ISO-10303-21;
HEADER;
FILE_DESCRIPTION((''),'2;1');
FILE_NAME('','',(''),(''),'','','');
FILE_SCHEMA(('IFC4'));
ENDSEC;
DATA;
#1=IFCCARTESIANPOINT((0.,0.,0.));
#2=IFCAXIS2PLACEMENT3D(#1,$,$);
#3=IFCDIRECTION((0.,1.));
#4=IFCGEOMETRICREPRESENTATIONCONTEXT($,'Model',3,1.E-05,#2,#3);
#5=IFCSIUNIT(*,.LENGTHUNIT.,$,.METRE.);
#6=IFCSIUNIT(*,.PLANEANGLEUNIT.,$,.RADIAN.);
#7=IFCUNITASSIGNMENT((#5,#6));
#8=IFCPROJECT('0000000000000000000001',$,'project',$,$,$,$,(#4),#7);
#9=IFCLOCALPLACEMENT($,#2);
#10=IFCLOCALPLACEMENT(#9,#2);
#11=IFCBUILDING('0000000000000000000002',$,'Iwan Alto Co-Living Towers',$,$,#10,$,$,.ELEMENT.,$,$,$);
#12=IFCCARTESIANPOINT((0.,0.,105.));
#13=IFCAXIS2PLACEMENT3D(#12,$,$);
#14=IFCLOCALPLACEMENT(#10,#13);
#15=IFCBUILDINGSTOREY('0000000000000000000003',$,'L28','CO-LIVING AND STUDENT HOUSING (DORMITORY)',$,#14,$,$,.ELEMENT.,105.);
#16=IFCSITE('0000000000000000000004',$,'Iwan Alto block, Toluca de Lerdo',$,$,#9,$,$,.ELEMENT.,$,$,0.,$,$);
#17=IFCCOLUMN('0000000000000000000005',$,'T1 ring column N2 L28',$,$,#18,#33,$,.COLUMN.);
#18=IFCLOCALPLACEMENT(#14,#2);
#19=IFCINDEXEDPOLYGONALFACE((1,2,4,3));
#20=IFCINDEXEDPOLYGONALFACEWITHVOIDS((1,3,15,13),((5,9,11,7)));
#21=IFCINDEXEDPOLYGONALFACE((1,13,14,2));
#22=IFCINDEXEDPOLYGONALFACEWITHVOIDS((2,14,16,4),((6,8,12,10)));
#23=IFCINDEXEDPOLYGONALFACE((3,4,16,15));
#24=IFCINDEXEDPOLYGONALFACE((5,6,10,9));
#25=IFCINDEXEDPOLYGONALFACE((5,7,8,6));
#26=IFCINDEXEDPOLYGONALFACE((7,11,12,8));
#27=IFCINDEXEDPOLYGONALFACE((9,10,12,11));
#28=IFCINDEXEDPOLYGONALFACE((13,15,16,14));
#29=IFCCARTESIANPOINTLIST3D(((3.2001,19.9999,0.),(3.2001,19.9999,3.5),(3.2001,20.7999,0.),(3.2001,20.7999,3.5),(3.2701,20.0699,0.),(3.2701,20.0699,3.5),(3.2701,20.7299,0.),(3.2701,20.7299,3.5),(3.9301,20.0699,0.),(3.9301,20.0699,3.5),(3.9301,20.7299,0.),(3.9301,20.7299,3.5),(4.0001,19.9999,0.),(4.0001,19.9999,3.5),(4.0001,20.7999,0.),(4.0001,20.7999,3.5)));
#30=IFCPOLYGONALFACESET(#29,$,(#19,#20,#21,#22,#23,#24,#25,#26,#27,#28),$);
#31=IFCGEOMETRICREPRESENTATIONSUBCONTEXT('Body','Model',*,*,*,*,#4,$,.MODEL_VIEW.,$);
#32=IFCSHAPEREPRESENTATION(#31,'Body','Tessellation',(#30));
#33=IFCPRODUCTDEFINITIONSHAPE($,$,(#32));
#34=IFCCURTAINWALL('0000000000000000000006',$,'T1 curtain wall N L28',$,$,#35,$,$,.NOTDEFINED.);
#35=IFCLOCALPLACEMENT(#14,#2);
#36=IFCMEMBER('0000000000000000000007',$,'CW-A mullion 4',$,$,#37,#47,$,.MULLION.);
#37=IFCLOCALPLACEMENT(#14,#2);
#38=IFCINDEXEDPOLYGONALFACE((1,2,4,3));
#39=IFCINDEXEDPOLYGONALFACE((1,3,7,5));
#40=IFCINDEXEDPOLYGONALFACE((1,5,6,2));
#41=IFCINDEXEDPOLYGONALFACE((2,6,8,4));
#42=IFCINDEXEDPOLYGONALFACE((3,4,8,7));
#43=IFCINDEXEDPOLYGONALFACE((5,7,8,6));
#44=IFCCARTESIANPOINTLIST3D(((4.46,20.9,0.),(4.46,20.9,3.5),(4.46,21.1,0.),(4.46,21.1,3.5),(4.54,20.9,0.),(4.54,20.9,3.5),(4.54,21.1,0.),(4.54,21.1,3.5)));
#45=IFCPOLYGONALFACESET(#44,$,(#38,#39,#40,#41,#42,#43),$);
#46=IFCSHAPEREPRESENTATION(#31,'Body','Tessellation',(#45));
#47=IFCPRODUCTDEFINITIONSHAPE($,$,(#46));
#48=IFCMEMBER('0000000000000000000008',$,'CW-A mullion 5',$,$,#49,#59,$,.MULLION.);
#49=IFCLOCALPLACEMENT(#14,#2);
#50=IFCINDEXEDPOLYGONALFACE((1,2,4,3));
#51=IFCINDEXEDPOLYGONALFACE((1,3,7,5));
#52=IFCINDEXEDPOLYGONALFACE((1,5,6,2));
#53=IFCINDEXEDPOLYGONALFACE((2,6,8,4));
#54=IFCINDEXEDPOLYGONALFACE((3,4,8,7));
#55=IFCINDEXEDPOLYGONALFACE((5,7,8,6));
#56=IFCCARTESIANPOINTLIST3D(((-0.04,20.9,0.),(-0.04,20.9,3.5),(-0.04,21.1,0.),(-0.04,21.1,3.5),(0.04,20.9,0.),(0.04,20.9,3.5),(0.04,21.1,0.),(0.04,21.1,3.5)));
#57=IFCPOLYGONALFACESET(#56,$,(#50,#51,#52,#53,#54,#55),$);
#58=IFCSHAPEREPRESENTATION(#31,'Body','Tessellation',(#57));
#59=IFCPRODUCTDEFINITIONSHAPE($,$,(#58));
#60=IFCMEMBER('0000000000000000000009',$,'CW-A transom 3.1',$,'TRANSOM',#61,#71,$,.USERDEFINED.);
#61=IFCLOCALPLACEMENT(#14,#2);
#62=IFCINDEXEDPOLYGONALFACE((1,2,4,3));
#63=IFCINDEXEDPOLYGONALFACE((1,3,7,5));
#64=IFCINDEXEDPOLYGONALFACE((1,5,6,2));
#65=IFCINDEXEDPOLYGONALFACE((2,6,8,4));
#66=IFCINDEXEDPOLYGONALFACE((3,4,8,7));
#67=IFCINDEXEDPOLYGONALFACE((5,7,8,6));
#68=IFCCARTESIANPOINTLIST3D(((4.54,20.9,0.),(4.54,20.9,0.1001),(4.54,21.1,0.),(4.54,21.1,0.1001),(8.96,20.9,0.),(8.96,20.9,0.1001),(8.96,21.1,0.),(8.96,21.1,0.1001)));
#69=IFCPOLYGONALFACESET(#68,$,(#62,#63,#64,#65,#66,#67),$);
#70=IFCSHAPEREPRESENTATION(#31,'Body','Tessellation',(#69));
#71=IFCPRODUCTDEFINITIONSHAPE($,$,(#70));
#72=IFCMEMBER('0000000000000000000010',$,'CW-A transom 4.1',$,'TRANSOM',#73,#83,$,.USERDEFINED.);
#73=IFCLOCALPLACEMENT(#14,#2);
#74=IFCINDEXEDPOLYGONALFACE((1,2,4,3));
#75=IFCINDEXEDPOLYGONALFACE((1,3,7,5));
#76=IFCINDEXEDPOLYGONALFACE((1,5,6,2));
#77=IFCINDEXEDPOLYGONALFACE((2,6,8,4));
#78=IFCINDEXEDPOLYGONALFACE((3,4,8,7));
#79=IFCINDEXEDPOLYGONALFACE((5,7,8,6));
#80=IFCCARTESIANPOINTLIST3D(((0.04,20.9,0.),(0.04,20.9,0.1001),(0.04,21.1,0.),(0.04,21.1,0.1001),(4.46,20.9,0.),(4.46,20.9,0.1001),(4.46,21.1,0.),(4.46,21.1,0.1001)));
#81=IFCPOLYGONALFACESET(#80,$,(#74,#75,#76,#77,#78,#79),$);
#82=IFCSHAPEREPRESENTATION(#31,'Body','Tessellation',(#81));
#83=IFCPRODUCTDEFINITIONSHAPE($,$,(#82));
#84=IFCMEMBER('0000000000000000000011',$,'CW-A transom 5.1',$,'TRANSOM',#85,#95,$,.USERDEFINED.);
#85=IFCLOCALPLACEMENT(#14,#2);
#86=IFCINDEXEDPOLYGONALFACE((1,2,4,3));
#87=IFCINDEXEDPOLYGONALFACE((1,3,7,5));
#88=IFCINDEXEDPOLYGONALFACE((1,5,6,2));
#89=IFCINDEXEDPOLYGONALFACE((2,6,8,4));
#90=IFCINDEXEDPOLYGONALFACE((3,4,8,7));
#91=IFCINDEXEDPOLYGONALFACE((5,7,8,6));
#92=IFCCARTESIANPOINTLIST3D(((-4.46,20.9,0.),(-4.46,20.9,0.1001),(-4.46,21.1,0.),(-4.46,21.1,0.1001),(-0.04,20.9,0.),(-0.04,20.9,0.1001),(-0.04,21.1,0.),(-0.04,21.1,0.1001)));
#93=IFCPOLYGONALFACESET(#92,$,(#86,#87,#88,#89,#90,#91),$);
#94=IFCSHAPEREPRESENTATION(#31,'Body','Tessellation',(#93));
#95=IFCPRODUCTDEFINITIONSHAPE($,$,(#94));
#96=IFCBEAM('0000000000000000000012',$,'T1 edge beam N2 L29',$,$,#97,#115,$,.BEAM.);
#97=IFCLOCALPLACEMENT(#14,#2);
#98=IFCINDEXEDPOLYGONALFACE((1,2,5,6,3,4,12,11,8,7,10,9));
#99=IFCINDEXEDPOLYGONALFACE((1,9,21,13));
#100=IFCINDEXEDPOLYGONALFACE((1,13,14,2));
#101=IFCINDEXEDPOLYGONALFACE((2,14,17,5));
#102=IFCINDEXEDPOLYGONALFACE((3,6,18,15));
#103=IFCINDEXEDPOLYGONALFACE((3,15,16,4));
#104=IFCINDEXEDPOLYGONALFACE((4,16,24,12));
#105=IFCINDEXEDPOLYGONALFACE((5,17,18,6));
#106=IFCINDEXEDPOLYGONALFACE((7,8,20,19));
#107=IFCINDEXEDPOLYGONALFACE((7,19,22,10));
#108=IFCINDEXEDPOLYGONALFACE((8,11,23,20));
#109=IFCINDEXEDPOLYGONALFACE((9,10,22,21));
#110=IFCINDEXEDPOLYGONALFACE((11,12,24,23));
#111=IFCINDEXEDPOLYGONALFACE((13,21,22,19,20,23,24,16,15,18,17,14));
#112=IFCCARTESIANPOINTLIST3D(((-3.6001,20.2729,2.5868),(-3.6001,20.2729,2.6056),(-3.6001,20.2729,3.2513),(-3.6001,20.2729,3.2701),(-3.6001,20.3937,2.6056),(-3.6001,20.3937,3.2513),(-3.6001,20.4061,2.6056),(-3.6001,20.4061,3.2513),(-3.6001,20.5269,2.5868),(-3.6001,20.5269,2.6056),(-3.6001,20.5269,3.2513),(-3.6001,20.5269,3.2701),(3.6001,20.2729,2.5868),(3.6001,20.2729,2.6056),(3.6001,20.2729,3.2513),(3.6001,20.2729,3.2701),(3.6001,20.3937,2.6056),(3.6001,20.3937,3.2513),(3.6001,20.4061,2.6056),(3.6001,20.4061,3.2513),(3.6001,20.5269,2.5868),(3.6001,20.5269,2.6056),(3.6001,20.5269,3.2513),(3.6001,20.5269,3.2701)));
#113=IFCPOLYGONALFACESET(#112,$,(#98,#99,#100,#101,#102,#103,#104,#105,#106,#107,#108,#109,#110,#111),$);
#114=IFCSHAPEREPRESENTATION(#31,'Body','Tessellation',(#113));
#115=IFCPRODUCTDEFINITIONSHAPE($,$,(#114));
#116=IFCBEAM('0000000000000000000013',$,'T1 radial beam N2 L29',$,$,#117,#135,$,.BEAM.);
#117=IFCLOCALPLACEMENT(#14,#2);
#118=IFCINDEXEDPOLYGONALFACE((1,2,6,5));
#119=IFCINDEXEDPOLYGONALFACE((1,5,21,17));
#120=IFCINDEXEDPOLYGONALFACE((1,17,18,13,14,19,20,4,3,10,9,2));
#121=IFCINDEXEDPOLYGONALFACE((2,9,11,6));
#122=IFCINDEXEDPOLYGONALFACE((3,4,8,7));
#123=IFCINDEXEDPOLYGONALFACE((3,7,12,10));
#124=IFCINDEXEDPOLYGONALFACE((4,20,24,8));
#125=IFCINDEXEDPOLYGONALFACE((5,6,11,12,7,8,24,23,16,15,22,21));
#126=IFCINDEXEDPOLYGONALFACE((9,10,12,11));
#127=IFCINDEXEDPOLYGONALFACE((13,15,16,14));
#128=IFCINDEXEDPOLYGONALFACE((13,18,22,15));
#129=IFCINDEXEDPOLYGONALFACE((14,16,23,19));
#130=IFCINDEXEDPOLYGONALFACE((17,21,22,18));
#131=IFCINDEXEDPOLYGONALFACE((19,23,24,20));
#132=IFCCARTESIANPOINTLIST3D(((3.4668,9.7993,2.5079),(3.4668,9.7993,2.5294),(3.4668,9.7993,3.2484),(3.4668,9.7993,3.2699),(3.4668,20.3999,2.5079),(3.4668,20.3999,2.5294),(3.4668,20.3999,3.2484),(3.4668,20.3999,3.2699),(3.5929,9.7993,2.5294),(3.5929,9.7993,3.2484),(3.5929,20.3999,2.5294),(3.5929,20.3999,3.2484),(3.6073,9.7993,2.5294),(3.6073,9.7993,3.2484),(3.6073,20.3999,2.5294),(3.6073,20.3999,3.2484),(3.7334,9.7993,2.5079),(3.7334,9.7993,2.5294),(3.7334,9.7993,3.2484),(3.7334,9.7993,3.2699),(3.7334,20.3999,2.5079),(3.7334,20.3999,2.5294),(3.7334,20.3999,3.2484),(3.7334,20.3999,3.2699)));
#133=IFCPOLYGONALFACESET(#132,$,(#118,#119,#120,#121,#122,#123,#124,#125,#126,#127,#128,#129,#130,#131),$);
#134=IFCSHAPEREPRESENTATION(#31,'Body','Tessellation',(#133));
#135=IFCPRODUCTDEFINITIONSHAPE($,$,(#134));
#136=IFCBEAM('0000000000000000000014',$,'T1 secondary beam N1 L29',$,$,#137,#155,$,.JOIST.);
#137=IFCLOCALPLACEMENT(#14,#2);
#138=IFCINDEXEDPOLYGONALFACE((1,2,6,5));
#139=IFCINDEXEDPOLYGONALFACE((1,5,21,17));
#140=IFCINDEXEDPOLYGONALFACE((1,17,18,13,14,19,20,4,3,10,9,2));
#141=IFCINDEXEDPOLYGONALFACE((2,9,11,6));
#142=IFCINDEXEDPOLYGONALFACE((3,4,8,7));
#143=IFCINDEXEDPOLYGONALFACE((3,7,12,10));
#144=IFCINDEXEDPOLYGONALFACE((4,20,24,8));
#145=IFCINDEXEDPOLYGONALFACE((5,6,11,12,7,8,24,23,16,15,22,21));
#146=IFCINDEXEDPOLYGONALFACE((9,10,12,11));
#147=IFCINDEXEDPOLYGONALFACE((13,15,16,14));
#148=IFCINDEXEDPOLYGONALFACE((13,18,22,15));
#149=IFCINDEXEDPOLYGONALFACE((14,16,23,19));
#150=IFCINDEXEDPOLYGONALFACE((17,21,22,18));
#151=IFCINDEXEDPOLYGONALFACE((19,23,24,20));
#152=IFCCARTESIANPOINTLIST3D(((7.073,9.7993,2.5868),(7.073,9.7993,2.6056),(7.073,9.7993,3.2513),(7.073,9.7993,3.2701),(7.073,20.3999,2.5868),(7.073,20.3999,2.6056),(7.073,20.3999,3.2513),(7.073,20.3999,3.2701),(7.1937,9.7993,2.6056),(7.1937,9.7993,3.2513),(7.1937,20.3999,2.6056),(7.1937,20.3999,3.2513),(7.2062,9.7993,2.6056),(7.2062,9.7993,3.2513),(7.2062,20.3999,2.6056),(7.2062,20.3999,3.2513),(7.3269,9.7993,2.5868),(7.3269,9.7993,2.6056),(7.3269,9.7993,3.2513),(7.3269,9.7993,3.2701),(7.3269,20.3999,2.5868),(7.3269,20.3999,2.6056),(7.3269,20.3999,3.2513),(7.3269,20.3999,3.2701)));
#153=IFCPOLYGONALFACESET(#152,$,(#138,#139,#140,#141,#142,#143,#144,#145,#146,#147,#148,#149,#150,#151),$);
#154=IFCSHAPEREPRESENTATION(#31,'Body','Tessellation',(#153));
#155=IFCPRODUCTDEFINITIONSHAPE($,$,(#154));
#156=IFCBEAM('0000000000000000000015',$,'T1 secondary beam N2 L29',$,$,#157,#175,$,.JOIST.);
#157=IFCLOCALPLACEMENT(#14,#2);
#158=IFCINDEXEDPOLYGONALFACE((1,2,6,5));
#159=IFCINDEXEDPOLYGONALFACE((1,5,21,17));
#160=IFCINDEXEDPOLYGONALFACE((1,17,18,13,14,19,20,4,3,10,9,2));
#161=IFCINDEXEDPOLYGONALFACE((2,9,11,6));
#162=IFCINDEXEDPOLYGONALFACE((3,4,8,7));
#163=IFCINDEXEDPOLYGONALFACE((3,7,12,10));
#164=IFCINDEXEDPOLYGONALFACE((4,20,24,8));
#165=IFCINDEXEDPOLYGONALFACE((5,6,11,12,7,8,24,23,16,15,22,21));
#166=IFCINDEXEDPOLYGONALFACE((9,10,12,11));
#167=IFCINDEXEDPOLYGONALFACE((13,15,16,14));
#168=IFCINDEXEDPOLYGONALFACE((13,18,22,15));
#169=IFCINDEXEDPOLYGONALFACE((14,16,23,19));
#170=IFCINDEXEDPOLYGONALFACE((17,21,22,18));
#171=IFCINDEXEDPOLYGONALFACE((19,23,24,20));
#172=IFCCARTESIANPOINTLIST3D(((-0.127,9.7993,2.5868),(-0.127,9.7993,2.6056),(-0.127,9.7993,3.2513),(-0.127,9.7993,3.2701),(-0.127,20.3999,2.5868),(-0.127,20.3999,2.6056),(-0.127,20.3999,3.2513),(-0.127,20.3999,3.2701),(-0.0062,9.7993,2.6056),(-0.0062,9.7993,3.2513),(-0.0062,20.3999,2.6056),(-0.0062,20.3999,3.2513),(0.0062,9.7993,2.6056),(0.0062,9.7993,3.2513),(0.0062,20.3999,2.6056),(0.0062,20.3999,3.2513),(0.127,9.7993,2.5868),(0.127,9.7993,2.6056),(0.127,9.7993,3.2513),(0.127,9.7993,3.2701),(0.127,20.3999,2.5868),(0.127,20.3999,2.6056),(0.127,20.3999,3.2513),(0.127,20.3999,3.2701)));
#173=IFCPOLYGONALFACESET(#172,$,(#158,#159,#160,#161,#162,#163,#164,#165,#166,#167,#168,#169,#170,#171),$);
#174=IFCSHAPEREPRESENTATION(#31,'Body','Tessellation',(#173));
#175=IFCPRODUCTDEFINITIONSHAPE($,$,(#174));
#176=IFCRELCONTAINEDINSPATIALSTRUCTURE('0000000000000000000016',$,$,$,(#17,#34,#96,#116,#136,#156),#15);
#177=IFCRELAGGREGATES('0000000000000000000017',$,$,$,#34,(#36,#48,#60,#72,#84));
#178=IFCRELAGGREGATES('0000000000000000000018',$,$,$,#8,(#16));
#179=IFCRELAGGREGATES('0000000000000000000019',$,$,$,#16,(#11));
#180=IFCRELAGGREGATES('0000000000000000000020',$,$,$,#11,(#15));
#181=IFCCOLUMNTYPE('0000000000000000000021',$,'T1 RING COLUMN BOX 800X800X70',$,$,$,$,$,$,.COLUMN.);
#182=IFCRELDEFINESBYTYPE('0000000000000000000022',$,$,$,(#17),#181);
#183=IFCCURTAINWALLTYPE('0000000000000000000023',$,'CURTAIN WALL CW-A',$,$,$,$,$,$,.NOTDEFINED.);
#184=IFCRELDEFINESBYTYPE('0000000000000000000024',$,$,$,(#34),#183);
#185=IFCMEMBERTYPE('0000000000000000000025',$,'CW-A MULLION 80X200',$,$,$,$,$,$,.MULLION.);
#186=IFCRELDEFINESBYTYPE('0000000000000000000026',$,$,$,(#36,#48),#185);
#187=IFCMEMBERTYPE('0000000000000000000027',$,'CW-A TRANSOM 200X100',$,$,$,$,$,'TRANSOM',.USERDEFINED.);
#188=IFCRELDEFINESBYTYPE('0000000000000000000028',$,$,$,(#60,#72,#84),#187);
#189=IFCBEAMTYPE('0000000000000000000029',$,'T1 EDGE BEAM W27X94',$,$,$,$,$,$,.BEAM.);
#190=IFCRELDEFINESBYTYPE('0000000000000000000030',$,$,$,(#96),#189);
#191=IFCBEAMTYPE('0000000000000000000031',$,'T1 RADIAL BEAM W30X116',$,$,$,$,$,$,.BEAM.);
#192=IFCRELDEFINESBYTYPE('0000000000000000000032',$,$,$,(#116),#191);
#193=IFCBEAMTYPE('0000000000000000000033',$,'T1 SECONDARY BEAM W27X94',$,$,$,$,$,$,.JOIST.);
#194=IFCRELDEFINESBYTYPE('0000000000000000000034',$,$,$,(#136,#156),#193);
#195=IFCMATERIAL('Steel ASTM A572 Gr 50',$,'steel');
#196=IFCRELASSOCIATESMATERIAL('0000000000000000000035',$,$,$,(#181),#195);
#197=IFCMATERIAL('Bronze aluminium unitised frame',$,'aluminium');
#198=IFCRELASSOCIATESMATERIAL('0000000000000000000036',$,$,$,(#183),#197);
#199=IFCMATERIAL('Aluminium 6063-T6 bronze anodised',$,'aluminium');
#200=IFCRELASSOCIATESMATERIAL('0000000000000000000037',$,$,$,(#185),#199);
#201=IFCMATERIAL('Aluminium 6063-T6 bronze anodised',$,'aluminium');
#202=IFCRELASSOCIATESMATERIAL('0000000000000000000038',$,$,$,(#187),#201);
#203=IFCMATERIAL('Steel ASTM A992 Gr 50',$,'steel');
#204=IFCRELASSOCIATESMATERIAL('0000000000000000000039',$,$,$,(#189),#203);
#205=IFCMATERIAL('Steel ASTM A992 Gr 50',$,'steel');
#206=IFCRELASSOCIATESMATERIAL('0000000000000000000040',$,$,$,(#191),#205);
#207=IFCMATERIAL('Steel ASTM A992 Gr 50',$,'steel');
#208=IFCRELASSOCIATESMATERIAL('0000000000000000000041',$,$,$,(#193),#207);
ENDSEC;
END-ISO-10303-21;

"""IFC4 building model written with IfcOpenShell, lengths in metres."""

from ifc_helpers import new_model, si_unit, direction, frame, origin, origin_2d, place, context, subcontext, project, spatial, rectangle, hollow_rectangle, i_section, extrude, material, material_profile, profile_set, type_object, element, aggregate, save


model = new_model("IFC4")

# Units and contexts
model_context = context("Model", 3, precision=1e-05, world=origin(), true_north=direction((0.0, 1.0)))
body_context = subcontext(model_context, "Body", "Model", "MODEL_VIEW")
ifc_project = project(units=[si_unit("LENGTHUNIT", "METRE"), si_unit("PLANEANGLEUNIT", "RADIAN")], contexts=[model_context])

# Site, building, storey
site_placement = place(None, origin())
site = spatial("IfcSite", under=ifc_project, at=site_placement, Name="Iwan Alto block, Toluca de Lerdo", CompositionType="ELEMENT", RefElevation=0.0)
building_placement = place(site_placement, origin())
building = spatial("IfcBuilding", under=site, at=building_placement, Name="Iwan Alto Co-Living Towers", CompositionType="ELEMENT")
storey_placement = place(building_placement, frame((0.0, 0.0, 105.0)))
storey = spatial("IfcBuildingStorey", under=building, at=storey_placement, Name="L28", Description="CO-LIVING AND STUDENT HOUSING (DORMITORY)", CompositionType="ELEMENT", Elevation=105.0)

# Column
ifc_material_1 = material(Name="Steel ASTM A572 Gr 50", Category="steel")
ifc_material_profile_1 = material_profile(ifc_material_1, hollow_rectangle(XDim=0.8, YDim=0.8, WallThickness=0.0701, at=origin_2d()), Name="BOX 800X800X70")
ifc_profile_set_1 = profile_set([ifc_material_profile_1], Name="Steel ASTM A572 Gr 50")
column_type = type_object("IfcColumnType", Name="T1 RING COLUMN BOX 800X800X70", PredefinedType="COLUMN", material=ifc_profile_set_1)
column_placement = place(storey_placement, frame((3.6001, 20.3999, 0.0), z_axis=(0.0, 0.0, 1.0), x_axis=(1.0, 0.0, 0.0)))
element("IfcColumn", 1, at=column_placement, inside=storey, type_object=column_type, Name="T1 ring column N2 L28", PredefinedType="COLUMN", context=body_context, shape_type="SweptSolid", body=[
    extrude(hollow_rectangle(XDim=0.8, YDim=0.8, WallThickness=0.0701, at=origin_2d()), origin(), (0.0, 0.0, 1.0), 3.5),
])

# Curtain wall, members
ifc_material_2 = material(Name="Bronze aluminium unitised frame", Category="aluminium")
curtain_wall_type = type_object("IfcCurtainWallType", Name="CURTAIN WALL CW-A", PredefinedType="NOTDEFINED", material=ifc_material_2)
curtain_wall_placement = place(storey_placement, origin())
curtain_wall = element("IfcCurtainWall", 2, at=curtain_wall_placement, inside=storey, type_object=curtain_wall_type, Name="T1 curtain wall N L28", PredefinedType="NOTDEFINED")
ifc_material_3 = material(Name="Aluminium 6063-T6 bronze anodised", Category="aluminium")
ifc_material_profile_2 = material_profile(ifc_material_3, rectangle(XDim=0.2, YDim=0.0801, at=origin_2d()), Name="AL 80X200")
ifc_profile_set_2 = profile_set([ifc_material_profile_2], Name="Aluminium 6063-T6 bronze anodised")
member_type_1 = type_object("IfcMemberType", Name="CW-A MULLION 80X200", PredefinedType="MULLION", material=ifc_profile_set_2)
member_1_placement = place(storey_placement, frame((4.5, 21.0, 0.0), z_axis=(0.0, 0.0, 1.0), x_axis=(0.0, -1.0, 0.0)))
member_1 = element("IfcMember", 3, at=member_1_placement, type_object=member_type_1, Name="CW-A mullion 4", PredefinedType="MULLION", context=body_context, shape_type="SweptSolid", body=[
    extrude(rectangle(XDim=0.2, YDim=0.0801, at=origin_2d()), origin(), (0.0, 0.0, 1.0), 3.5),
])
member_2_placement = place(storey_placement, frame((0.0, 21.0, 0.0), z_axis=(0.0, 0.0, 1.0), x_axis=(0.0, -1.0, 0.0)))
member_2 = element("IfcMember", 4, at=member_2_placement, type_object=member_type_1, Name="CW-A mullion 5", PredefinedType="MULLION", context=body_context, shape_type="SweptSolid", body=[
    extrude(rectangle(XDim=0.2, YDim=0.0801, at=origin_2d()), origin(), (0.0, 0.0, 1.0), 3.5),
])
ifc_material_4 = material(Name="Aluminium 6063-T6 bronze anodised", Category="aluminium")
ifc_material_profile_3 = material_profile(ifc_material_4, rectangle(XDim=0.2, YDim=0.1001, at=origin_2d()), Name="AL 200X100")
ifc_profile_set_3 = profile_set([ifc_material_profile_3], Name="Aluminium 6063-T6 bronze anodised")
member_type_2 = type_object("IfcMemberType", Name="CW-A TRANSOM 200X100", ElementType="TRANSOM", PredefinedType="USERDEFINED", material=ifc_profile_set_3)
member_3_placement = place(storey_placement, frame((8.96, 21.0, 0.05), z_axis=(-1.0, 0.0, 0.0), x_axis=(0.0, -1.0, 0.0)))
member_3 = element("IfcMember", 5, at=member_3_placement, type_object=member_type_2, Name="CW-A transom 3.1", ObjectType="TRANSOM", PredefinedType="USERDEFINED", context=body_context, shape_type="SweptSolid", body=[
    extrude(rectangle(XDim=0.2, YDim=0.1001, at=origin_2d()), origin(), (0.0, 0.0, 1.0), 4.4199),
])
member_4_placement = place(storey_placement, frame((4.46, 21.0, 0.05), z_axis=(-1.0, 0.0, 0.0), x_axis=(0.0, -1.0, 0.0)))
member_4 = element("IfcMember", 6, at=member_4_placement, type_object=member_type_2, Name="CW-A transom 4.1", ObjectType="TRANSOM", PredefinedType="USERDEFINED", context=body_context, shape_type="SweptSolid", body=[
    extrude(rectangle(XDim=0.2, YDim=0.1001, at=origin_2d()), origin(), (0.0, 0.0, 1.0), 4.4199),
])
member_5_placement = place(storey_placement, frame((-0.04, 21.0, 0.05), z_axis=(-1.0, 0.0, 0.0), x_axis=(0.0, -1.0, 0.0)))
member_5 = element("IfcMember", 7, at=member_5_placement, type_object=member_type_2, Name="CW-A transom 5.1", ObjectType="TRANSOM", PredefinedType="USERDEFINED", context=body_context, shape_type="SweptSolid", body=[
    extrude(rectangle(XDim=0.2, YDim=0.1001, at=origin_2d()), origin(), (0.0, 0.0, 1.0), 4.4199),
])

# Beams
ifc_material_5 = material(Name="Steel ASTM A992 Gr 50", Category="steel")
ifc_material_profile_4 = material_profile(ifc_material_5, i_section(OverallWidth=0.2539, OverallDepth=0.6833, WebThickness=0.0125, FlangeThickness=0.0188, at=origin_2d()), Name="W27X94")
ifc_profile_set_4 = profile_set([ifc_material_profile_4], Name="Steel ASTM A992 Gr 50")
beam_type_1 = type_object("IfcBeamType", Name="T1 EDGE BEAM W27X94", PredefinedType="BEAM", material=ifc_profile_set_4)
beam_1_placement = place(storey_placement, frame((3.6001, 20.3999, 2.9285), z_axis=(-1.0, 0.0, 0.0), x_axis=(0.0, -1.0, 0.0)))
element("IfcBeam", 8, at=beam_1_placement, inside=storey, type_object=beam_type_1, Name="T1 edge beam N2 L29", PredefinedType="BEAM", context=body_context, shape_type="SweptSolid", body=[
    extrude(i_section(OverallWidth=0.2539, OverallDepth=0.6833, WebThickness=0.0125, FlangeThickness=0.0188, at=origin_2d()), origin(), (0.0, 0.0, 1.0), 7.2002),
])
ifc_material_6 = material(Name="Steel ASTM A992 Gr 50", Category="steel")
ifc_material_profile_5 = material_profile(ifc_material_6, i_section(OverallWidth=0.2666, OverallDepth=0.762, WebThickness=0.0144, FlangeThickness=0.0215, at=origin_2d()), Name="W30X116")
ifc_profile_set_5 = profile_set([ifc_material_profile_5], Name="Steel ASTM A992 Gr 50")
beam_type_2 = type_object("IfcBeamType", Name="T1 RADIAL BEAM W30X116", PredefinedType="BEAM", material=ifc_profile_set_5)
beam_2_placement = place(storey_placement, frame((3.6001, 20.3999, 2.8889), z_axis=(0.0, -1.0, 0.0), x_axis=(1.0, 0.0, 0.0)))
element("IfcBeam", 9, at=beam_2_placement, inside=storey, type_object=beam_type_2, Name="T1 radial beam N2 L29", PredefinedType="BEAM", context=body_context, shape_type="SweptSolid", body=[
    extrude(i_section(OverallWidth=0.2666, OverallDepth=0.762, WebThickness=0.0144, FlangeThickness=0.0215, at=origin_2d()), origin(), (0.0, 0.0, 1.0), 10.6006),
])
ifc_material_7 = material(Name="Steel ASTM A992 Gr 50", Category="steel")
ifc_material_profile_6 = material_profile(ifc_material_7, i_section(OverallWidth=0.2539, OverallDepth=0.6833, WebThickness=0.0125, FlangeThickness=0.0188, at=origin_2d()), Name="W27X94")
ifc_profile_set_6 = profile_set([ifc_material_profile_6], Name="Steel ASTM A992 Gr 50")
beam_type_3 = type_object("IfcBeamType", Name="T1 SECONDARY BEAM W27X94", PredefinedType="JOIST", material=ifc_profile_set_6)
for number, where, z_axis, x_axis, name in (
    (10, (7.2, 20.3999, 2.9285), (0.0, -1.0, 0.0), (1.0, 0.0, 0.0), "T1 secondary beam N1 L29"),
    (11, (0.0, 20.3999, 2.9285), (0.0, -1.0, 0.0), (1.0, 0.0, 0.0), "T1 secondary beam N2 L29"),
):
    element("IfcBeam", number, at=place(storey_placement, frame(where, z_axis=z_axis, x_axis=x_axis)), inside=storey, type_object=beam_type_3, Name=name, PredefinedType="JOIST", context=body_context, shape_type="SweptSolid", body=[
        extrude(i_section(OverallWidth=0.2539, OverallDepth=0.6833, WebThickness=0.0125, FlangeThickness=0.0188, at=origin_2d()), origin(), (0.0, 0.0, 1.0), 10.6006),
    ])

aggregate(curtain_wall, [member_1, member_2, member_3, member_4, member_5])

save(model, "model.ifc")
